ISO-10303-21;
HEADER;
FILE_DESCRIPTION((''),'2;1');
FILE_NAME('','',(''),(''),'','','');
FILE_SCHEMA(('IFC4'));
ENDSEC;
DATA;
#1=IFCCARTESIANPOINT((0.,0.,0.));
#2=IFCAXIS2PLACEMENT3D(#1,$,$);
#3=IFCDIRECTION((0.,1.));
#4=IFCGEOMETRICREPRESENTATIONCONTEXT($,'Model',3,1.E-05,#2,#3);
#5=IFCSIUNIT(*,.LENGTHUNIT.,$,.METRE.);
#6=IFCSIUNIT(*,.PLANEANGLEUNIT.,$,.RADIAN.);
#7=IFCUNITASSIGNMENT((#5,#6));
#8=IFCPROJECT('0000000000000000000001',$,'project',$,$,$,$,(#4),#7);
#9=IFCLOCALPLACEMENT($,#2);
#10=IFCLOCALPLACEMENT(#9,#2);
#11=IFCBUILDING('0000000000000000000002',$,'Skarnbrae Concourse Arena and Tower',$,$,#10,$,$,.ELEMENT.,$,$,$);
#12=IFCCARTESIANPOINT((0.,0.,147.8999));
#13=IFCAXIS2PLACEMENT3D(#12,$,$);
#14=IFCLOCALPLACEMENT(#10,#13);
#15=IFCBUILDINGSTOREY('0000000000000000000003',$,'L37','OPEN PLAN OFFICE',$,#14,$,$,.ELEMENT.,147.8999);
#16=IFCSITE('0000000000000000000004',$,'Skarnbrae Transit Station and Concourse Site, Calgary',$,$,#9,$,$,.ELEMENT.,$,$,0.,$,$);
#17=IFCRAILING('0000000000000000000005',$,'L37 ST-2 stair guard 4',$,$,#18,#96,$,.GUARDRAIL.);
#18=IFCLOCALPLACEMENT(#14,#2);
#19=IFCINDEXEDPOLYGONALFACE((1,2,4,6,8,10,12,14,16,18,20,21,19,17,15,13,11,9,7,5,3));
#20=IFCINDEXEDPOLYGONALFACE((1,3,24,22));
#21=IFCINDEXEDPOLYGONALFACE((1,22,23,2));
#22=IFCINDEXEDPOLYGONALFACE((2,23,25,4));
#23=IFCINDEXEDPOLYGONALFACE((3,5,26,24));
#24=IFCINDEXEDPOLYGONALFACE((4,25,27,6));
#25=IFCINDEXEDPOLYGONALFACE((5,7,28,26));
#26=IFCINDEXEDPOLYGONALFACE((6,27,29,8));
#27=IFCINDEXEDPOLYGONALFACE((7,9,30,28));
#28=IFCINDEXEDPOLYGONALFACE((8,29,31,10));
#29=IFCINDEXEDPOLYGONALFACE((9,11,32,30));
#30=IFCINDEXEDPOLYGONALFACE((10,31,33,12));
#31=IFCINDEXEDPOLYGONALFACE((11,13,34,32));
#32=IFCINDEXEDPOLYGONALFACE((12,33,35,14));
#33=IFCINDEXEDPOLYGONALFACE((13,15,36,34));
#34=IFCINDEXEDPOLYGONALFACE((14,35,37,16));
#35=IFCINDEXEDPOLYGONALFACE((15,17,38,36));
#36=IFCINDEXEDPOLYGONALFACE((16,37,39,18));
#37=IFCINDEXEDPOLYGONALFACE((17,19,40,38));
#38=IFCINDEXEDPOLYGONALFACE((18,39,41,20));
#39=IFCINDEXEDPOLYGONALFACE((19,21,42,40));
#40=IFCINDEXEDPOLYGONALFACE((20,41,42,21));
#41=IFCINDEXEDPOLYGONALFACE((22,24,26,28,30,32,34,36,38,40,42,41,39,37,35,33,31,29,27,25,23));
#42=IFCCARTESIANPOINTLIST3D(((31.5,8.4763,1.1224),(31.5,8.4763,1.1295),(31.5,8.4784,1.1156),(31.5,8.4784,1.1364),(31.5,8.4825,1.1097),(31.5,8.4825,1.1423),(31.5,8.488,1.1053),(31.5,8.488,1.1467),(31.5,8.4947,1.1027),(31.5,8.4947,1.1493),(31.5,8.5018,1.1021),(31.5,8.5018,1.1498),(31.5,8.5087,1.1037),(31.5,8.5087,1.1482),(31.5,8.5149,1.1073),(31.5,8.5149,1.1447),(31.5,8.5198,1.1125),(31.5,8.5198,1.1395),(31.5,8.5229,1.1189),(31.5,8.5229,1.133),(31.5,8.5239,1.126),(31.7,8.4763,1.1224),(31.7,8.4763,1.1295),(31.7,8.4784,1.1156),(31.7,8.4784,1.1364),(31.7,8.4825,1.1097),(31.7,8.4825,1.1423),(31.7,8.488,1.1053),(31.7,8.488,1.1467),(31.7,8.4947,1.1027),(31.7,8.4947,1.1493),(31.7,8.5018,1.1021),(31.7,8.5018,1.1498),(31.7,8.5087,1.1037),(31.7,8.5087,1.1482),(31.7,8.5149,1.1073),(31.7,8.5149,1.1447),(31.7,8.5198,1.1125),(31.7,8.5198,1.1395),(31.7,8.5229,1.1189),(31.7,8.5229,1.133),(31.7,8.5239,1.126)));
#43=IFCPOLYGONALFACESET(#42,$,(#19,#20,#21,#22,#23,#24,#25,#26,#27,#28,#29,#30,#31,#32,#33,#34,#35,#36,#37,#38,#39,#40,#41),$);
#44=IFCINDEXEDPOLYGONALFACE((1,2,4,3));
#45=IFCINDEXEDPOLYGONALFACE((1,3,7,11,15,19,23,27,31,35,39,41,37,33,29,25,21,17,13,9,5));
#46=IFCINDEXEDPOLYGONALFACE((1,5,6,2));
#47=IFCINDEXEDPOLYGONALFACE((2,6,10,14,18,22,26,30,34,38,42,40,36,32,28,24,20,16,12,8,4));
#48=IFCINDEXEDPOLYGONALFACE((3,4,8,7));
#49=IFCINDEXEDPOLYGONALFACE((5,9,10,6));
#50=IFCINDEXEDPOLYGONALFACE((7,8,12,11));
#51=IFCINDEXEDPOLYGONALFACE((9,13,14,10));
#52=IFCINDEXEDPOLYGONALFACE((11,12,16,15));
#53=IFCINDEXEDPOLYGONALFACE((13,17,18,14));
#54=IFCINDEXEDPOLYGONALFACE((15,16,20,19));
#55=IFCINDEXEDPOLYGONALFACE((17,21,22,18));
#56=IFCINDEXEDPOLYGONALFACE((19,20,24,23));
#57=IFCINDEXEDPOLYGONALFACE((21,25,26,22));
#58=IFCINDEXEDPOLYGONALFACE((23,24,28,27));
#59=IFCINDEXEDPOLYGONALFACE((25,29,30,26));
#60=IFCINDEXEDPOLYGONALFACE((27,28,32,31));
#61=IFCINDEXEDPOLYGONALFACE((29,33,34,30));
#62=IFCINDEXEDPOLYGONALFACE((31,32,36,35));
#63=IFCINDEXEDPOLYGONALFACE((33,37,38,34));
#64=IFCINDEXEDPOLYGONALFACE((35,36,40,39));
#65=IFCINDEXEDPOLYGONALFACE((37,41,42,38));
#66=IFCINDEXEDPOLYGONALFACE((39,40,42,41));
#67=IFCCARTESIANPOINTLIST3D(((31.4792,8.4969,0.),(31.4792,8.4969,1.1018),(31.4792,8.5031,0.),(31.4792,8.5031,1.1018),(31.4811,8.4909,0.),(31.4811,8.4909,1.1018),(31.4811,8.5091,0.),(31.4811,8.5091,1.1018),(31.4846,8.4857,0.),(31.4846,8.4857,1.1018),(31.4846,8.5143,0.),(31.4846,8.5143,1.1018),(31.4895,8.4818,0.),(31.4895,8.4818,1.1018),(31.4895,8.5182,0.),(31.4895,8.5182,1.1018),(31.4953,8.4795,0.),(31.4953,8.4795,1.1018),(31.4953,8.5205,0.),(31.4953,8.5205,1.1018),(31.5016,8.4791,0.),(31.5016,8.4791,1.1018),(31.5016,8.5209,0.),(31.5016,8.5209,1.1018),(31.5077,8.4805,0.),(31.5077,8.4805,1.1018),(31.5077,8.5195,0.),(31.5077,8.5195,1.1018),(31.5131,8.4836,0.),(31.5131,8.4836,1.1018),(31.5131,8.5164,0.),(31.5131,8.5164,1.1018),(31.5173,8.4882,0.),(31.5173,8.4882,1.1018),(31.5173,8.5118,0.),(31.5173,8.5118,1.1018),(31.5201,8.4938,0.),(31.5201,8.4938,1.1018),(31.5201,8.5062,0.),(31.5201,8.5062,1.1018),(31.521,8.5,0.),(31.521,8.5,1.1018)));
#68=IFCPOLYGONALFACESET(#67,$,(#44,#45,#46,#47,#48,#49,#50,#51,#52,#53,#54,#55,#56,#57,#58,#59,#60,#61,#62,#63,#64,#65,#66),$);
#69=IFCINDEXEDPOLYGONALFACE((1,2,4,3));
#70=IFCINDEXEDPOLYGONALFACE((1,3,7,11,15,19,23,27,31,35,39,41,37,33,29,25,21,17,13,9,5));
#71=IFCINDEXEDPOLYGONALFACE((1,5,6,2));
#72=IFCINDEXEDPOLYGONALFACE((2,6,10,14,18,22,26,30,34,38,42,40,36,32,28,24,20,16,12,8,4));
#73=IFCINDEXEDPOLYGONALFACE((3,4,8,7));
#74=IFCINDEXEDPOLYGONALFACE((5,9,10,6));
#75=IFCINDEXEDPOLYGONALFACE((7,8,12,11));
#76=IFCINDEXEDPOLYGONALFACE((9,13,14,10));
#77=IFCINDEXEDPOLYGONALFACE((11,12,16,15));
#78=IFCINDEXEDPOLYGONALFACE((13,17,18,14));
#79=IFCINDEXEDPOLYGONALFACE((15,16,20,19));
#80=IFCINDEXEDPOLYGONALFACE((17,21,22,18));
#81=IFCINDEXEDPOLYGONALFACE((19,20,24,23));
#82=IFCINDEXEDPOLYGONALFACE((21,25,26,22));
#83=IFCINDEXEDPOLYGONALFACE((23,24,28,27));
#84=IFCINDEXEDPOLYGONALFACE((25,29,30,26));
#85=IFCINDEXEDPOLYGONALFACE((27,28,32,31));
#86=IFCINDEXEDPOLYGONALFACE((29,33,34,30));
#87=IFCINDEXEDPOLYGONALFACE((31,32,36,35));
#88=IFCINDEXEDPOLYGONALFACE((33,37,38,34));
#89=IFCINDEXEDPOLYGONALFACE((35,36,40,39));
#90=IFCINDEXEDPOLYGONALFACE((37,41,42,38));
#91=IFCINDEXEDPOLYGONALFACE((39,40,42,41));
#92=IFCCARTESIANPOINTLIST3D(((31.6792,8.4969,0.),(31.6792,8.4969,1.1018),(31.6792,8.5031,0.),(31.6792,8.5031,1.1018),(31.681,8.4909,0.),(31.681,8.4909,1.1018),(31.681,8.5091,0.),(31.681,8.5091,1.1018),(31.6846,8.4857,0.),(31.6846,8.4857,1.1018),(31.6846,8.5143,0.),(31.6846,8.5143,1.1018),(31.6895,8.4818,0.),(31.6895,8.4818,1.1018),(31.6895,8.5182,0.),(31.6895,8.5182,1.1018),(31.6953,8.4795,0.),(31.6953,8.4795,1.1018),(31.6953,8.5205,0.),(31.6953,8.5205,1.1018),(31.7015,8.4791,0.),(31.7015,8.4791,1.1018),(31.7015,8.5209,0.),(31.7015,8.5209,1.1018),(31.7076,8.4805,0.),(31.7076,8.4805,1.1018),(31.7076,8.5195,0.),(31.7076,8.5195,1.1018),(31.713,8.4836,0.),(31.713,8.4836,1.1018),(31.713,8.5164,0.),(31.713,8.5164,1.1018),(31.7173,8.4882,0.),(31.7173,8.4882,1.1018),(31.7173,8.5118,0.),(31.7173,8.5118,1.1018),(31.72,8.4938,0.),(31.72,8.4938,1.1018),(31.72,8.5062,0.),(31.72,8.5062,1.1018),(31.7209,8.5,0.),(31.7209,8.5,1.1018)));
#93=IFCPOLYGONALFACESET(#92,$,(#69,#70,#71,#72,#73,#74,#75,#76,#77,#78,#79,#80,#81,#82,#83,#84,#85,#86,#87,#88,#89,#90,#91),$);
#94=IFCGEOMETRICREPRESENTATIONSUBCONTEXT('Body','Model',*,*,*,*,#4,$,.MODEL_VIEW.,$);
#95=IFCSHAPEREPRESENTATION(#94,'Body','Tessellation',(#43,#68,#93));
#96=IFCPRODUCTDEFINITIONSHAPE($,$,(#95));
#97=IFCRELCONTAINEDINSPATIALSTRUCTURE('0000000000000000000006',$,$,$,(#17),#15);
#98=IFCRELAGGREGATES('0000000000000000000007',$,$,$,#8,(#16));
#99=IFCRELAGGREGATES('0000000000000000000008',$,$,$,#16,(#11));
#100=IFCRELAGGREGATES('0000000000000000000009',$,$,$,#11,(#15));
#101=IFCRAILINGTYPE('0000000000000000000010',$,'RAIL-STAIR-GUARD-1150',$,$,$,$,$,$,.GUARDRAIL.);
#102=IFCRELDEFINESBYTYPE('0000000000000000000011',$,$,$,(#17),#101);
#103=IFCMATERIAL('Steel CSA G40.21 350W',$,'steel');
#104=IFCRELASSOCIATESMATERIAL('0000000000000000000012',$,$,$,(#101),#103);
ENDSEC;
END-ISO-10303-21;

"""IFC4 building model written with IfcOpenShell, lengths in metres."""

from ifc_helpers import new_model, si_unit, direction, frame, origin, origin_2d, place, context, subcontext, project, spatial, circle, extrude, material, type_object, element, save


model = new_model("IFC4")

# Units and contexts
model_context = context("Model", 3, precision=1e-05, world=origin(), true_north=direction((0.0, 1.0)))
body_context = subcontext(model_context, "Body", "Model", "MODEL_VIEW")
ifc_project = project(units=[si_unit("LENGTHUNIT", "METRE"), si_unit("PLANEANGLEUNIT", "RADIAN")], contexts=[model_context])

# Site, building, storey
site_placement = place(None, origin())
site = spatial("IfcSite", under=ifc_project, at=site_placement, Name="Skarnbrae Transit Station and Concourse Site, Calgary", CompositionType="ELEMENT", RefElevation=0.0)
building_placement = place(site_placement, origin())
building = spatial("IfcBuilding", under=site, at=building_placement, Name="Skarnbrae Concourse Arena and Tower", CompositionType="ELEMENT")
storey_placement = place(building_placement, frame((0.0, 0.0, 147.8999)))
storey = spatial("IfcBuildingStorey", under=building, at=storey_placement, Name="L37", Description="OPEN PLAN OFFICE", CompositionType="ELEMENT", Elevation=147.8999)

# Shared definitions
ifc_material_1 = material(Name="Steel CSA G40.21 350W", Category="steel")

# Railing
railing_type_1 = type_object("IfcRailingType", Name="RAIL-STAIR-GUARD-1150", PredefinedType="GUARDRAIL", material=ifc_material_1)
railing_1_placement = place(storey_placement, frame((31.5, 8.5, 0.0)))
element("IfcRailing", 1, at=railing_1_placement, inside=storey, type_object=railing_type_1, Name="L37 ST-2 stair guard 4", PredefinedType="GUARDRAIL", context=body_context, shape_type="SweptSolid", body=[
    extrude(circle(Radius=0.0239, at=origin_2d()), frame((0.0, 0.0, 1.126), z_axis=(1.0, 0.0, 0.0), x_axis=(0.0, 1.0, 0.0)), (0.0, 0.0, 1.0), 0.2),
    extrude(circle(Radius=0.021, at=origin_2d()), origin(), (0.0, 0.0, 1.0), 1.1018),
    extrude(circle(Radius=0.021, at=origin_2d()), frame((0.2, 0.0, 0.0)), (0.0, 0.0, 1.0), 1.1018),
])

save(model, "model.ifc")
